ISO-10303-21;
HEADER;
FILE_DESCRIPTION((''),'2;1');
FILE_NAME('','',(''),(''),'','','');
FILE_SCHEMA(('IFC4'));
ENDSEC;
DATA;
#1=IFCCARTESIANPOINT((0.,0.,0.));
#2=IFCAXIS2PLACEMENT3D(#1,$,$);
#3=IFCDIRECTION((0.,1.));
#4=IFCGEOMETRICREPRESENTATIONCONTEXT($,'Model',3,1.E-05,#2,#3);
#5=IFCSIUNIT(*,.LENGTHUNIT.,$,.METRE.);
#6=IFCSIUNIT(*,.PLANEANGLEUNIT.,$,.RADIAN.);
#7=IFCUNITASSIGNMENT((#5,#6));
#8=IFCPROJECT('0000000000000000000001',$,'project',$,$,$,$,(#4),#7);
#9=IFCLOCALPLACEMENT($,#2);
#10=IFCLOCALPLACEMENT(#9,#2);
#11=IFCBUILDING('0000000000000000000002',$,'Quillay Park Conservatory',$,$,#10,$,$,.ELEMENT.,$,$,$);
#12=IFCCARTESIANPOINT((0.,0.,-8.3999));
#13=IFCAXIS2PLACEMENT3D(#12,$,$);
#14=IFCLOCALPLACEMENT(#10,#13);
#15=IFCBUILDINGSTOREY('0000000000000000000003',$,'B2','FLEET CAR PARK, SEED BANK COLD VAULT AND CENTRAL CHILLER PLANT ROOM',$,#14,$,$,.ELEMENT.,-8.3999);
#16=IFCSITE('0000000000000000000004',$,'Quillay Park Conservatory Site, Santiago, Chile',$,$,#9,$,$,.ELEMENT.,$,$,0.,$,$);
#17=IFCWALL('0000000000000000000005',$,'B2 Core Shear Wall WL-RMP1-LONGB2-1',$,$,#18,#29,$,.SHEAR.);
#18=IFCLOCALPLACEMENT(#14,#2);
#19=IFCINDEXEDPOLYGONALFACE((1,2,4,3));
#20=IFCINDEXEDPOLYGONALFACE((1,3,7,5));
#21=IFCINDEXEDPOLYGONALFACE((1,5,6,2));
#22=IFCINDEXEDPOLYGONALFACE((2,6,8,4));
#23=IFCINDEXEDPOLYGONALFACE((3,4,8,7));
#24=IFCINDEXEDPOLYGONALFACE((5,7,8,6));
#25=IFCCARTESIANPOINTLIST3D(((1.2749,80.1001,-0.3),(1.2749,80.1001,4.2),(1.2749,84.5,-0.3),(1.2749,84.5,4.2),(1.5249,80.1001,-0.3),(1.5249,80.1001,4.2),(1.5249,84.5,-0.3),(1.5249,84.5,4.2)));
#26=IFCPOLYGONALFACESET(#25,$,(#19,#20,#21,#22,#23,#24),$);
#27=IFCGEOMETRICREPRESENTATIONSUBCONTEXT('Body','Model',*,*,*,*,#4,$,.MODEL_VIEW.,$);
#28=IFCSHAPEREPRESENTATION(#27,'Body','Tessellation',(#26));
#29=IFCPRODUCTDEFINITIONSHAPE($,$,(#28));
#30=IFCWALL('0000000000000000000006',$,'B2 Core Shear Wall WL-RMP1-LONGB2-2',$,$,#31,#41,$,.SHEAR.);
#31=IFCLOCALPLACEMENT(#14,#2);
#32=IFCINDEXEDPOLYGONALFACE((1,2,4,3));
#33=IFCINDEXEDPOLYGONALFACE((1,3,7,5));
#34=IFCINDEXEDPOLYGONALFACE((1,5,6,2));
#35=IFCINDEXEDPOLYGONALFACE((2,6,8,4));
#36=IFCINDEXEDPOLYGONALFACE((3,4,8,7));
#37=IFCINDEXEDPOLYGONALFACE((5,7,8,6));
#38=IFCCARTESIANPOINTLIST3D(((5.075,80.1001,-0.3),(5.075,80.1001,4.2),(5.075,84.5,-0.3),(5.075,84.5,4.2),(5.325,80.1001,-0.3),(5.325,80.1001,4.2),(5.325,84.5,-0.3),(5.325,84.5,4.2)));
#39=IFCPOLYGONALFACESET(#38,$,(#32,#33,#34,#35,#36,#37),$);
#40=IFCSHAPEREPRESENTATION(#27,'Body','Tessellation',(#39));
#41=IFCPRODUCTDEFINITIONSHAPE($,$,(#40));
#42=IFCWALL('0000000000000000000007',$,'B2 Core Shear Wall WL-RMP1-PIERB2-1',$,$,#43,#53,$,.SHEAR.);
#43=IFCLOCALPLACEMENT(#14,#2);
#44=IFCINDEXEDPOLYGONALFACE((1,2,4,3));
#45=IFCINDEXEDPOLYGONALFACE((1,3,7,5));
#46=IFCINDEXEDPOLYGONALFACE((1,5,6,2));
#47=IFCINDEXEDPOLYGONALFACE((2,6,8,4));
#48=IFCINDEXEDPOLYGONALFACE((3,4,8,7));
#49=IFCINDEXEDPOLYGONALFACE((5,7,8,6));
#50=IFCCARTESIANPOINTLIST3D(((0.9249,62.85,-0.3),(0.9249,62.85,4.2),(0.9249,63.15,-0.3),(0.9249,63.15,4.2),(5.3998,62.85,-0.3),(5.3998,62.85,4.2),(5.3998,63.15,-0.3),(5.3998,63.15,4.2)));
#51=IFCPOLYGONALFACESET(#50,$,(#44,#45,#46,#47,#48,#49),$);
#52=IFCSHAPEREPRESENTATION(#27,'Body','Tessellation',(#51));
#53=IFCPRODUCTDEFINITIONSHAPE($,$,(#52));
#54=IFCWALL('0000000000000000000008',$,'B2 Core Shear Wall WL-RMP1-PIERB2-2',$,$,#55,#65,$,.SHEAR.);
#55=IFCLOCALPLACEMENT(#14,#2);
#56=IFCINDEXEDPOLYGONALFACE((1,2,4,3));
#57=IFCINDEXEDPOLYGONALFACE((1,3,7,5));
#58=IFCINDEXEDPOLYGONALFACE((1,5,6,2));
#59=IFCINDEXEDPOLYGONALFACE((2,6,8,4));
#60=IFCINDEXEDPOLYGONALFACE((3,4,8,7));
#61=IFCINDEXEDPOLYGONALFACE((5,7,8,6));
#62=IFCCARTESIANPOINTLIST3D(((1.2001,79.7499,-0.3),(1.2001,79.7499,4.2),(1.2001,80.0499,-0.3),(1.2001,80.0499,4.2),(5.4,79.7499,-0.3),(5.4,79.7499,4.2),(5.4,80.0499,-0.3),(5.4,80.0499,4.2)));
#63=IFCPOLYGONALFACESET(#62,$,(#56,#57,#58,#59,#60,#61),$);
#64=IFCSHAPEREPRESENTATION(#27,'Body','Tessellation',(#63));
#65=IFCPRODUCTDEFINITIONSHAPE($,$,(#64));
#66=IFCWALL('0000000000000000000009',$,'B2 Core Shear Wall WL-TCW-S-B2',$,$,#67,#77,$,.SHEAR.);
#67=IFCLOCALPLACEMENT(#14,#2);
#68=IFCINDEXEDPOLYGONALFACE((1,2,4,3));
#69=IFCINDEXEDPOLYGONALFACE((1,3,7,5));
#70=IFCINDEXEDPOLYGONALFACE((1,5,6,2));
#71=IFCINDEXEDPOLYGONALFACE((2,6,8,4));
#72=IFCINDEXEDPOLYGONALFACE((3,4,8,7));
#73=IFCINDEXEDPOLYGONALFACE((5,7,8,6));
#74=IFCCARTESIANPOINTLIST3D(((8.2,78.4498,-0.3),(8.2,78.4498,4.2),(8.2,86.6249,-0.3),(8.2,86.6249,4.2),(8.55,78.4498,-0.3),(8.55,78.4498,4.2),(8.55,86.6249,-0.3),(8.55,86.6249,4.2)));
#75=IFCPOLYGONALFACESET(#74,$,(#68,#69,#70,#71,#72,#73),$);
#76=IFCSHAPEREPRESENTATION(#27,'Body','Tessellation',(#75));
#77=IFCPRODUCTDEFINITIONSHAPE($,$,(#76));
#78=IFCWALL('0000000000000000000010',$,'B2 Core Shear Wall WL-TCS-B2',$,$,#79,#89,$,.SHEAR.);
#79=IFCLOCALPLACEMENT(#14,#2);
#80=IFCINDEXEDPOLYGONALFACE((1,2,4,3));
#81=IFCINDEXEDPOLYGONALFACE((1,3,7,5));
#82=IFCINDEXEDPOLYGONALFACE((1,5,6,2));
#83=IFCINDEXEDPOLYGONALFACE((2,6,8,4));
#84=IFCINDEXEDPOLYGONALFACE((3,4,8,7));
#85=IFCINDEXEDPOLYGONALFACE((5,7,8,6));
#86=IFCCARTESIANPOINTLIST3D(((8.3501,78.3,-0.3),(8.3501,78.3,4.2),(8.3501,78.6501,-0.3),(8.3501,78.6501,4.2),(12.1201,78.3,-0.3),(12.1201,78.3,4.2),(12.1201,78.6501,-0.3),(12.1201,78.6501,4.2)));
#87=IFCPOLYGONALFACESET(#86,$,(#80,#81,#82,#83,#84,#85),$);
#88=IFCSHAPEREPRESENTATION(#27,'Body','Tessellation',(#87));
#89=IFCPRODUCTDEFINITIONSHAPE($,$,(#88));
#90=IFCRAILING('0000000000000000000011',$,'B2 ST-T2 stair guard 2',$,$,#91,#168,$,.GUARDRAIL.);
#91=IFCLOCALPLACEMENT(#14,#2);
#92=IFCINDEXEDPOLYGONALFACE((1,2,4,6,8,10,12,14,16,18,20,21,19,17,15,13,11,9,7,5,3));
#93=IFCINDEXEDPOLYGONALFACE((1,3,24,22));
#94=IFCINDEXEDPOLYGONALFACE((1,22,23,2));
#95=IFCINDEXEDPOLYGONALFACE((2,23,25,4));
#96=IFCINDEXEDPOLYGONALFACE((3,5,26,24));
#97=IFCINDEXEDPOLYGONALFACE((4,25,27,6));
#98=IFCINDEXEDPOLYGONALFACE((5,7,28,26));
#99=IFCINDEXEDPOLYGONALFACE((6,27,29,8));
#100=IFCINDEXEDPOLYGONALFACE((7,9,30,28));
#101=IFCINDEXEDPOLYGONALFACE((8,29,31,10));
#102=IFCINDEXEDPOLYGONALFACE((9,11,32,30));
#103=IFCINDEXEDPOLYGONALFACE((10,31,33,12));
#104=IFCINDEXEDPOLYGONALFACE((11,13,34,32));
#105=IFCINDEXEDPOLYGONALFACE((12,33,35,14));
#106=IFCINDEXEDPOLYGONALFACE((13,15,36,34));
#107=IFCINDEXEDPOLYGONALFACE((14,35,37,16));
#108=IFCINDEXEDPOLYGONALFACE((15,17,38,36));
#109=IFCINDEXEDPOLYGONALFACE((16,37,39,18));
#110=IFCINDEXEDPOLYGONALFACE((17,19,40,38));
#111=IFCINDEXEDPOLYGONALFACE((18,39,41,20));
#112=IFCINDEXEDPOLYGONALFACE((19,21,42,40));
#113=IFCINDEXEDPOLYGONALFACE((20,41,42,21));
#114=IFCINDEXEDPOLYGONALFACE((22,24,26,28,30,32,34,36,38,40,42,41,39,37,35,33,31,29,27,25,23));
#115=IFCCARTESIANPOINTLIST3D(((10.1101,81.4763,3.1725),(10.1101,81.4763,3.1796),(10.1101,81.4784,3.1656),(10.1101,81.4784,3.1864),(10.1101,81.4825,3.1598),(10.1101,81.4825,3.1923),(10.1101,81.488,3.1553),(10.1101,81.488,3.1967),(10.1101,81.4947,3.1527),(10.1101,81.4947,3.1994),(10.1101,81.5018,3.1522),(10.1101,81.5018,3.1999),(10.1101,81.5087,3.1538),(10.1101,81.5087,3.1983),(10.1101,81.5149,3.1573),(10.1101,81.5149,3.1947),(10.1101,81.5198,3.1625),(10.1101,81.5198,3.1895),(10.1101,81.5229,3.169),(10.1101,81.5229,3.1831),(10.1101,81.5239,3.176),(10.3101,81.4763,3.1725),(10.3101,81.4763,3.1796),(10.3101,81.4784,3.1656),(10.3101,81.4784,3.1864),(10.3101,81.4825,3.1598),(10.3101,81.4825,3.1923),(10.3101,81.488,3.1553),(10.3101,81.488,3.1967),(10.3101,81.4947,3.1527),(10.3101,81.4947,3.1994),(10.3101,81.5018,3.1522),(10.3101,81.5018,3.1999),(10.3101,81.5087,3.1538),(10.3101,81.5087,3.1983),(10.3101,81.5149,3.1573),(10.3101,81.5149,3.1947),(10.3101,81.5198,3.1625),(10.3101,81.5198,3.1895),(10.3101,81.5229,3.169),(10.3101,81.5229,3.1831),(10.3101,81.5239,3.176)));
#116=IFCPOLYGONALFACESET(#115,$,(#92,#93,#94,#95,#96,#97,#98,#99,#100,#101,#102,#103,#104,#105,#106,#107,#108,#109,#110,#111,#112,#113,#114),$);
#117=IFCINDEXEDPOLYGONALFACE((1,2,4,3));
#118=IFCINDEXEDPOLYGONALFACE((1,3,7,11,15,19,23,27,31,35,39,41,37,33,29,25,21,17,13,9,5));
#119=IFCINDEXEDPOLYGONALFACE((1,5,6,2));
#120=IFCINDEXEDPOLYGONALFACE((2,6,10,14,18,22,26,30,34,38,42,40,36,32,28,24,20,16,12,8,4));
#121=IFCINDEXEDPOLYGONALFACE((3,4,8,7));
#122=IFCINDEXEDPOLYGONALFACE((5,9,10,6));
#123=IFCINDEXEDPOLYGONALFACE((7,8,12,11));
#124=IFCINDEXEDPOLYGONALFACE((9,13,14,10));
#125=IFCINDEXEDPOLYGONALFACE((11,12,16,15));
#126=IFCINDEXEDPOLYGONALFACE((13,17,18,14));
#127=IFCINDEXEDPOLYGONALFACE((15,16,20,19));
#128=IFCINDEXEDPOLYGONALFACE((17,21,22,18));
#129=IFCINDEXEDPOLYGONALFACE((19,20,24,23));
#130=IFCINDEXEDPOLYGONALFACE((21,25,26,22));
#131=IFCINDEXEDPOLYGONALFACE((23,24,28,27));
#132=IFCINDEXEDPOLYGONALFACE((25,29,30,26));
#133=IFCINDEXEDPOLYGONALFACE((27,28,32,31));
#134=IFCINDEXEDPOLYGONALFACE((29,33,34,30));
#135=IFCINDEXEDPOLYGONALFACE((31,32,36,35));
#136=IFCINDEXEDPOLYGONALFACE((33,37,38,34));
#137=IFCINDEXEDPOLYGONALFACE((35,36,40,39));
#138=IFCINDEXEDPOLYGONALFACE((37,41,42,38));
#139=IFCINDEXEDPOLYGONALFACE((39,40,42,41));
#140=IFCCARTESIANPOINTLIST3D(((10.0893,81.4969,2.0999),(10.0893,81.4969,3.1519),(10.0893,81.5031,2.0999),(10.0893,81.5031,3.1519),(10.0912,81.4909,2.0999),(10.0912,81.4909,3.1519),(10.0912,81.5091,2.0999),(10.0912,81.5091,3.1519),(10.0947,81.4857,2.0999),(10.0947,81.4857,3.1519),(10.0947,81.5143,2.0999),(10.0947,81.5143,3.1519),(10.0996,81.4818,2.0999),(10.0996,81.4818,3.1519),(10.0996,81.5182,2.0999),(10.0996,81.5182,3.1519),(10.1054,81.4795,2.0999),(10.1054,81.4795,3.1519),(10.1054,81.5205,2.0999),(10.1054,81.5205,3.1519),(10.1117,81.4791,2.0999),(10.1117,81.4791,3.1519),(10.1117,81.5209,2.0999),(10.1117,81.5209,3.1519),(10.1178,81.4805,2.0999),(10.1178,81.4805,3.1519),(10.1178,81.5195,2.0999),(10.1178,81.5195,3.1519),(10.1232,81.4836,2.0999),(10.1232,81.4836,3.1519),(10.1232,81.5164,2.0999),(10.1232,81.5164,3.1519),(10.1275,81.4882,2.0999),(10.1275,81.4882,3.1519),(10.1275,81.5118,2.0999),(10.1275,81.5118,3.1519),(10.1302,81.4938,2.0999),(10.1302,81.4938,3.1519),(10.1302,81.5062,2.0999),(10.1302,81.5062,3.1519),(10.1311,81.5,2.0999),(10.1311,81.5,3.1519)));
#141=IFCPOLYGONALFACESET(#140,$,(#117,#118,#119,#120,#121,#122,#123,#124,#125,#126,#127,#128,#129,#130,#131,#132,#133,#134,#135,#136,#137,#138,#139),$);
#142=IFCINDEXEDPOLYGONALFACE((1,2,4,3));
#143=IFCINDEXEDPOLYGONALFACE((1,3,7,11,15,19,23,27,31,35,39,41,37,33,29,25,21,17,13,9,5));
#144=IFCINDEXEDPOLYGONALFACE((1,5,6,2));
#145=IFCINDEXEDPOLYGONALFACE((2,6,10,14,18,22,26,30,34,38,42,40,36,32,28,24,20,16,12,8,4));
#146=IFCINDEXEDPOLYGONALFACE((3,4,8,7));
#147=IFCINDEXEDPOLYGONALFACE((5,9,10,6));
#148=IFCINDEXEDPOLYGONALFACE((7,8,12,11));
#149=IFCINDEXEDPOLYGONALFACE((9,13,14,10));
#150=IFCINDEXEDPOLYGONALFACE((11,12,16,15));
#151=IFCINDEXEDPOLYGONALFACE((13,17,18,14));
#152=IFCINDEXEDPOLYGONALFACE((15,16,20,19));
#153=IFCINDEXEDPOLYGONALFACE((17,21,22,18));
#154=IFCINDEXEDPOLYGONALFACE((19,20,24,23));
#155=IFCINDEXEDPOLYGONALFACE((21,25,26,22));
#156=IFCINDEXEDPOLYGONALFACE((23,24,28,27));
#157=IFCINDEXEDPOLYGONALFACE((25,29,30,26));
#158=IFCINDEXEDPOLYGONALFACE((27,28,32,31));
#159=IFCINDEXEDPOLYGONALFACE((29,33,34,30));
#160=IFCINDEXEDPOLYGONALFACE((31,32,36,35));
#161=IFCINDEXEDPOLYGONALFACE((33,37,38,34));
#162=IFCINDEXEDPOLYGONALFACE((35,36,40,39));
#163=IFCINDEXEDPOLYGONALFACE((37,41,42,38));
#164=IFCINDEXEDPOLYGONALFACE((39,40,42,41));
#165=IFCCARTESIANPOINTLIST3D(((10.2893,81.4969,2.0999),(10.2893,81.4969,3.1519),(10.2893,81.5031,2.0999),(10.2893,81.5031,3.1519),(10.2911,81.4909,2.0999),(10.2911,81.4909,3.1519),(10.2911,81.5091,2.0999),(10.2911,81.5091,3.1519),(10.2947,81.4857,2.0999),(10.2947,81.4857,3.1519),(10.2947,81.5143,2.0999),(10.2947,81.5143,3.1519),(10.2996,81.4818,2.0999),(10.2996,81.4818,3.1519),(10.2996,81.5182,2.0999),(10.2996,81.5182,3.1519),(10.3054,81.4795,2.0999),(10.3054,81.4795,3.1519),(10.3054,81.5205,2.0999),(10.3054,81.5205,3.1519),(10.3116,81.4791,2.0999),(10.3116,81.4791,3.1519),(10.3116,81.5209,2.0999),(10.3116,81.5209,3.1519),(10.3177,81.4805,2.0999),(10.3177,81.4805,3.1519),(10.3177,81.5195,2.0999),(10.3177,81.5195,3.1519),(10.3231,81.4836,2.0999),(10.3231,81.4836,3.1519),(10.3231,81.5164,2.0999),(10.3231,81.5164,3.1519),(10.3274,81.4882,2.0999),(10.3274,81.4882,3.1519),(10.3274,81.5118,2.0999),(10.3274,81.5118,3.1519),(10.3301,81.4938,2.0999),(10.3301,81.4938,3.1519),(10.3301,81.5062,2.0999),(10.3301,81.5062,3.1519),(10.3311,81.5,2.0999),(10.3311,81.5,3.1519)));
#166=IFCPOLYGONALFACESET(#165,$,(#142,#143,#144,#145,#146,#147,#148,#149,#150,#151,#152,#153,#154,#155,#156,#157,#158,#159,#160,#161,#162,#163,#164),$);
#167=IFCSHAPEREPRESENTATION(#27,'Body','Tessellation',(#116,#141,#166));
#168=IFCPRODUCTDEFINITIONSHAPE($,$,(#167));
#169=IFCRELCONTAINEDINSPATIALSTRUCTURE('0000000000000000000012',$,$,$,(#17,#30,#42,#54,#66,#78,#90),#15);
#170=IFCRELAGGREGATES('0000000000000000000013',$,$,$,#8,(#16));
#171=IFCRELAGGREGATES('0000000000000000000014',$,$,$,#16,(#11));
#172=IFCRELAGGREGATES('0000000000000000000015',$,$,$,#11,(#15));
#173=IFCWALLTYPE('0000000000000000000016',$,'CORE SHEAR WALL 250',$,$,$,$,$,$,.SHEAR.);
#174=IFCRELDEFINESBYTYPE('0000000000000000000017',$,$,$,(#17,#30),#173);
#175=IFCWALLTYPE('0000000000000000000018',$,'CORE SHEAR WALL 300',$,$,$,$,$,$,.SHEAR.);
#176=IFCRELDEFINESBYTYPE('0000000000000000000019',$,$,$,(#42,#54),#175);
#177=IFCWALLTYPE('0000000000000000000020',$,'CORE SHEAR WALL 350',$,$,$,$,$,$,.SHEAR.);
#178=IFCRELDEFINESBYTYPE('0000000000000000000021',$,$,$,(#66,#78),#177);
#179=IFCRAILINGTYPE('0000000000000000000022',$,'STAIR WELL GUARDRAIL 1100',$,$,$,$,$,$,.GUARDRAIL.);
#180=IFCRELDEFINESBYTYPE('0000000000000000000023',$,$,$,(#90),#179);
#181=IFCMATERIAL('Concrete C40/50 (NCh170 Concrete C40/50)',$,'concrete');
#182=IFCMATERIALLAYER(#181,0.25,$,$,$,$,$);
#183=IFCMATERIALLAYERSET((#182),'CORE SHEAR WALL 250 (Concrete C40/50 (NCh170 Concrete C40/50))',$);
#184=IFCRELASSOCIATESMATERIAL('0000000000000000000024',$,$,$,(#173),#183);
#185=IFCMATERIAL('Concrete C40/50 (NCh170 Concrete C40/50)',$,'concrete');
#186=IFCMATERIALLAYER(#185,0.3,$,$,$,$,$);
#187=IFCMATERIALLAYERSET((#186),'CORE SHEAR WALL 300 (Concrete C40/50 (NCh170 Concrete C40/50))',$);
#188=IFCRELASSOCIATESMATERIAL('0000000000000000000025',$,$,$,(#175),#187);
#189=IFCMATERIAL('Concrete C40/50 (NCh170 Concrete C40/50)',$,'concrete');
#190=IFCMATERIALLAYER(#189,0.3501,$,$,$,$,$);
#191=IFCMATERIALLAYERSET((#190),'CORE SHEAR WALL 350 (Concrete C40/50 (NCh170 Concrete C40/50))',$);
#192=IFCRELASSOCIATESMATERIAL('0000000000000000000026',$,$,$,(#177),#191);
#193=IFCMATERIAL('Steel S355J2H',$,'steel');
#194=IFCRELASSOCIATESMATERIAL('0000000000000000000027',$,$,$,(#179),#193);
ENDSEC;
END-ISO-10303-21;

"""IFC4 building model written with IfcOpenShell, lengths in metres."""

from ifc_helpers import new_model, si_unit, direction, frame, frame_2d, origin, origin_2d, place, context, subcontext, project, spatial, rectangle, circle, extrude, material, layer, layer_set, type_object, element, save


model = new_model("IFC4")

# Units and contexts
model_context = context("Model", 3, precision=1e-05, world=origin(), true_north=direction((0.0, 1.0)))
body_context = subcontext(model_context, "Body", "Model", "MODEL_VIEW")
ifc_project = project(units=[si_unit("LENGTHUNIT", "METRE"), si_unit("PLANEANGLEUNIT", "RADIAN")], contexts=[model_context])

# Site, building, storey
site_placement = place(None, origin())
site = spatial("IfcSite", under=ifc_project, at=site_placement, Name="Quillay Park Conservatory Site, Santiago, Chile", CompositionType="ELEMENT", RefElevation=0.0)
building_placement = place(site_placement, origin())
building = spatial("IfcBuilding", under=site, at=building_placement, Name="Quillay Park Conservatory", CompositionType="ELEMENT")
storey_placement = place(building_placement, frame((0.0, 0.0, -8.3999)))
storey = spatial("IfcBuildingStorey", under=building, at=storey_placement, Name="B2", Description="FLEET CAR PARK, SEED BANK COLD VAULT AND CENTRAL CHILLER PLANT ROOM", CompositionType="ELEMENT", Elevation=-8.3999)

# Walls
ifc_material_1 = material(Name="Concrete C40/50 (NCh170 Concrete C40/50)", Category="concrete")
ifc_layer_1 = layer(ifc_material_1, 0.25)
ifc_layer_set_1 = layer_set([ifc_layer_1], Name="CORE SHEAR WALL 250 (Concrete C40/50 (NCh170 Concrete C40/50))")
wall_type_1 = type_object("IfcWallType", Name="CORE SHEAR WALL 250", PredefinedType="SHEAR", material=ifc_layer_set_1)
for number, where, z_axis, x_axis, name in (
    (1, (1.3999, 80.1001, -0.3), (0.0, 0.0, 1.0), (0.0, 1.0, 0.0), "B2 Core Shear Wall WL-RMP1-LONGB2-1"),
    (2, (5.2, 80.1001, -0.3), (0.0, 0.0, 1.0), (0.0, 1.0, 0.0), "B2 Core Shear Wall WL-RMP1-LONGB2-2"),
):
    element("IfcWall", number, at=place(storey_placement, frame(where, z_axis=z_axis, x_axis=x_axis)), inside=storey, type_object=wall_type_1, Name=name, PredefinedType="SHEAR", context=body_context, shape_type="SweptSolid", body=[
        extrude(rectangle(XDim=4.3999, YDim=0.25, at=frame_2d((2.2, 0.0))), origin(), (0.0, 0.0, 1.0), 4.5),
    ])
ifc_material_2 = material(Name="Concrete C40/50 (NCh170 Concrete C40/50)", Category="concrete")
ifc_layer_2 = layer(ifc_material_2, 0.3)
ifc_layer_set_2 = layer_set([ifc_layer_2], Name="CORE SHEAR WALL 300 (Concrete C40/50 (NCh170 Concrete C40/50))")
wall_type_2 = type_object("IfcWallType", Name="CORE SHEAR WALL 300", PredefinedType="SHEAR", material=ifc_layer_set_2)
wall_1_placement = place(storey_placement, frame((0.925, 63.0, -0.3), z_axis=(0.0, 0.0, 1.0), x_axis=(1.0, 0.0, 0.0)))
element("IfcWall", 3, at=wall_1_placement, inside=storey, type_object=wall_type_2, Name="B2 Core Shear Wall WL-RMP1-PIERB2-1", PredefinedType="SHEAR", context=body_context, shape_type="SweptSolid", body=[
    extrude(rectangle(XDim=4.4749, YDim=0.3, at=frame_2d((2.2373, 0.0))), origin(), (0.0, 0.0, 1.0), 4.5),
])
wall_2_placement = place(storey_placement, frame((1.2, 79.8999, -0.3), z_axis=(0.0, 0.0, 1.0), x_axis=(1.0, 0.0, 0.0)))
element("IfcWall", 4, at=wall_2_placement, inside=storey, type_object=wall_type_2, Name="B2 Core Shear Wall WL-RMP1-PIERB2-2", PredefinedType="SHEAR", context=body_context, shape_type="SweptSolid", body=[
    extrude(rectangle(XDim=4.2, YDim=0.3, at=frame_2d((2.1001, 0.0))), origin(), (0.0, 0.0, 1.0), 4.5),
])
ifc_material_3 = material(Name="Concrete C40/50 (NCh170 Concrete C40/50)", Category="concrete")
ifc_layer_3 = layer(ifc_material_3, 0.3501)
ifc_layer_set_3 = layer_set([ifc_layer_3], Name="CORE SHEAR WALL 350 (Concrete C40/50 (NCh170 Concrete C40/50))")
wall_type_3 = type_object("IfcWallType", Name="CORE SHEAR WALL 350", PredefinedType="SHEAR", material=ifc_layer_set_3)
wall_3_placement = place(storey_placement, frame((8.375, 78.45, -0.3), z_axis=(0.0, 0.0, 1.0), x_axis=(0.0, 1.0, 0.0)))
element("IfcWall", 5, at=wall_3_placement, inside=storey, type_object=wall_type_3, Name="B2 Core Shear Wall WL-TCW-S-B2", PredefinedType="SHEAR", context=body_context, shape_type="SweptSolid", body=[
    extrude(rectangle(XDim=8.175, YDim=0.3501, at=frame_2d((4.0874, 0.0))), origin(), (0.0, 0.0, 1.0), 4.5),
])
wall_4_placement = place(storey_placement, frame((8.3501, 78.4751, -0.3), z_axis=(0.0, 0.0, 1.0), x_axis=(1.0, 0.0, 0.0)))
element("IfcWall", 6, at=wall_4_placement, inside=storey, type_object=wall_type_3, Name="B2 Core Shear Wall WL-TCS-B2", PredefinedType="SHEAR", context=body_context, shape_type="SweptSolid", body=[
    extrude(rectangle(XDim=3.77, YDim=0.3501, at=frame_2d((1.885, 0.0))), origin(), (0.0, 0.0, 1.0), 4.5),
])

# Railing
ifc_material_4 = material(Name="Steel S355J2H", Category="steel")
railing_type = type_object("IfcRailingType", Name="STAIR WELL GUARDRAIL 1100", PredefinedType="GUARDRAIL", material=ifc_material_4)
railing_1_placement = place(storey_placement, frame((10.1101, 81.5, 2.0999)))
element("IfcRailing", 7, at=railing_1_placement, inside=storey, type_object=railing_type, Name="B2 ST-T2 stair guard 2", PredefinedType="GUARDRAIL", context=body_context, shape_type="SweptSolid", body=[
    extrude(circle(Radius=0.0239, at=origin_2d()), frame((0.0, 0.0, 1.0762), z_axis=(1.0, 0.0, 0.0), x_axis=(0.0, 1.0, 0.0)), (0.0, 0.0, 1.0), 0.2),
    extrude(circle(Radius=0.021, at=origin_2d()), origin(), (0.0, 0.0, 1.0), 1.052),
    extrude(circle(Radius=0.021, at=origin_2d()), frame((0.2, 0.0, 0.0)), (0.0, 0.0, 1.0), 1.052),
])

save(model, "model.ifc")
